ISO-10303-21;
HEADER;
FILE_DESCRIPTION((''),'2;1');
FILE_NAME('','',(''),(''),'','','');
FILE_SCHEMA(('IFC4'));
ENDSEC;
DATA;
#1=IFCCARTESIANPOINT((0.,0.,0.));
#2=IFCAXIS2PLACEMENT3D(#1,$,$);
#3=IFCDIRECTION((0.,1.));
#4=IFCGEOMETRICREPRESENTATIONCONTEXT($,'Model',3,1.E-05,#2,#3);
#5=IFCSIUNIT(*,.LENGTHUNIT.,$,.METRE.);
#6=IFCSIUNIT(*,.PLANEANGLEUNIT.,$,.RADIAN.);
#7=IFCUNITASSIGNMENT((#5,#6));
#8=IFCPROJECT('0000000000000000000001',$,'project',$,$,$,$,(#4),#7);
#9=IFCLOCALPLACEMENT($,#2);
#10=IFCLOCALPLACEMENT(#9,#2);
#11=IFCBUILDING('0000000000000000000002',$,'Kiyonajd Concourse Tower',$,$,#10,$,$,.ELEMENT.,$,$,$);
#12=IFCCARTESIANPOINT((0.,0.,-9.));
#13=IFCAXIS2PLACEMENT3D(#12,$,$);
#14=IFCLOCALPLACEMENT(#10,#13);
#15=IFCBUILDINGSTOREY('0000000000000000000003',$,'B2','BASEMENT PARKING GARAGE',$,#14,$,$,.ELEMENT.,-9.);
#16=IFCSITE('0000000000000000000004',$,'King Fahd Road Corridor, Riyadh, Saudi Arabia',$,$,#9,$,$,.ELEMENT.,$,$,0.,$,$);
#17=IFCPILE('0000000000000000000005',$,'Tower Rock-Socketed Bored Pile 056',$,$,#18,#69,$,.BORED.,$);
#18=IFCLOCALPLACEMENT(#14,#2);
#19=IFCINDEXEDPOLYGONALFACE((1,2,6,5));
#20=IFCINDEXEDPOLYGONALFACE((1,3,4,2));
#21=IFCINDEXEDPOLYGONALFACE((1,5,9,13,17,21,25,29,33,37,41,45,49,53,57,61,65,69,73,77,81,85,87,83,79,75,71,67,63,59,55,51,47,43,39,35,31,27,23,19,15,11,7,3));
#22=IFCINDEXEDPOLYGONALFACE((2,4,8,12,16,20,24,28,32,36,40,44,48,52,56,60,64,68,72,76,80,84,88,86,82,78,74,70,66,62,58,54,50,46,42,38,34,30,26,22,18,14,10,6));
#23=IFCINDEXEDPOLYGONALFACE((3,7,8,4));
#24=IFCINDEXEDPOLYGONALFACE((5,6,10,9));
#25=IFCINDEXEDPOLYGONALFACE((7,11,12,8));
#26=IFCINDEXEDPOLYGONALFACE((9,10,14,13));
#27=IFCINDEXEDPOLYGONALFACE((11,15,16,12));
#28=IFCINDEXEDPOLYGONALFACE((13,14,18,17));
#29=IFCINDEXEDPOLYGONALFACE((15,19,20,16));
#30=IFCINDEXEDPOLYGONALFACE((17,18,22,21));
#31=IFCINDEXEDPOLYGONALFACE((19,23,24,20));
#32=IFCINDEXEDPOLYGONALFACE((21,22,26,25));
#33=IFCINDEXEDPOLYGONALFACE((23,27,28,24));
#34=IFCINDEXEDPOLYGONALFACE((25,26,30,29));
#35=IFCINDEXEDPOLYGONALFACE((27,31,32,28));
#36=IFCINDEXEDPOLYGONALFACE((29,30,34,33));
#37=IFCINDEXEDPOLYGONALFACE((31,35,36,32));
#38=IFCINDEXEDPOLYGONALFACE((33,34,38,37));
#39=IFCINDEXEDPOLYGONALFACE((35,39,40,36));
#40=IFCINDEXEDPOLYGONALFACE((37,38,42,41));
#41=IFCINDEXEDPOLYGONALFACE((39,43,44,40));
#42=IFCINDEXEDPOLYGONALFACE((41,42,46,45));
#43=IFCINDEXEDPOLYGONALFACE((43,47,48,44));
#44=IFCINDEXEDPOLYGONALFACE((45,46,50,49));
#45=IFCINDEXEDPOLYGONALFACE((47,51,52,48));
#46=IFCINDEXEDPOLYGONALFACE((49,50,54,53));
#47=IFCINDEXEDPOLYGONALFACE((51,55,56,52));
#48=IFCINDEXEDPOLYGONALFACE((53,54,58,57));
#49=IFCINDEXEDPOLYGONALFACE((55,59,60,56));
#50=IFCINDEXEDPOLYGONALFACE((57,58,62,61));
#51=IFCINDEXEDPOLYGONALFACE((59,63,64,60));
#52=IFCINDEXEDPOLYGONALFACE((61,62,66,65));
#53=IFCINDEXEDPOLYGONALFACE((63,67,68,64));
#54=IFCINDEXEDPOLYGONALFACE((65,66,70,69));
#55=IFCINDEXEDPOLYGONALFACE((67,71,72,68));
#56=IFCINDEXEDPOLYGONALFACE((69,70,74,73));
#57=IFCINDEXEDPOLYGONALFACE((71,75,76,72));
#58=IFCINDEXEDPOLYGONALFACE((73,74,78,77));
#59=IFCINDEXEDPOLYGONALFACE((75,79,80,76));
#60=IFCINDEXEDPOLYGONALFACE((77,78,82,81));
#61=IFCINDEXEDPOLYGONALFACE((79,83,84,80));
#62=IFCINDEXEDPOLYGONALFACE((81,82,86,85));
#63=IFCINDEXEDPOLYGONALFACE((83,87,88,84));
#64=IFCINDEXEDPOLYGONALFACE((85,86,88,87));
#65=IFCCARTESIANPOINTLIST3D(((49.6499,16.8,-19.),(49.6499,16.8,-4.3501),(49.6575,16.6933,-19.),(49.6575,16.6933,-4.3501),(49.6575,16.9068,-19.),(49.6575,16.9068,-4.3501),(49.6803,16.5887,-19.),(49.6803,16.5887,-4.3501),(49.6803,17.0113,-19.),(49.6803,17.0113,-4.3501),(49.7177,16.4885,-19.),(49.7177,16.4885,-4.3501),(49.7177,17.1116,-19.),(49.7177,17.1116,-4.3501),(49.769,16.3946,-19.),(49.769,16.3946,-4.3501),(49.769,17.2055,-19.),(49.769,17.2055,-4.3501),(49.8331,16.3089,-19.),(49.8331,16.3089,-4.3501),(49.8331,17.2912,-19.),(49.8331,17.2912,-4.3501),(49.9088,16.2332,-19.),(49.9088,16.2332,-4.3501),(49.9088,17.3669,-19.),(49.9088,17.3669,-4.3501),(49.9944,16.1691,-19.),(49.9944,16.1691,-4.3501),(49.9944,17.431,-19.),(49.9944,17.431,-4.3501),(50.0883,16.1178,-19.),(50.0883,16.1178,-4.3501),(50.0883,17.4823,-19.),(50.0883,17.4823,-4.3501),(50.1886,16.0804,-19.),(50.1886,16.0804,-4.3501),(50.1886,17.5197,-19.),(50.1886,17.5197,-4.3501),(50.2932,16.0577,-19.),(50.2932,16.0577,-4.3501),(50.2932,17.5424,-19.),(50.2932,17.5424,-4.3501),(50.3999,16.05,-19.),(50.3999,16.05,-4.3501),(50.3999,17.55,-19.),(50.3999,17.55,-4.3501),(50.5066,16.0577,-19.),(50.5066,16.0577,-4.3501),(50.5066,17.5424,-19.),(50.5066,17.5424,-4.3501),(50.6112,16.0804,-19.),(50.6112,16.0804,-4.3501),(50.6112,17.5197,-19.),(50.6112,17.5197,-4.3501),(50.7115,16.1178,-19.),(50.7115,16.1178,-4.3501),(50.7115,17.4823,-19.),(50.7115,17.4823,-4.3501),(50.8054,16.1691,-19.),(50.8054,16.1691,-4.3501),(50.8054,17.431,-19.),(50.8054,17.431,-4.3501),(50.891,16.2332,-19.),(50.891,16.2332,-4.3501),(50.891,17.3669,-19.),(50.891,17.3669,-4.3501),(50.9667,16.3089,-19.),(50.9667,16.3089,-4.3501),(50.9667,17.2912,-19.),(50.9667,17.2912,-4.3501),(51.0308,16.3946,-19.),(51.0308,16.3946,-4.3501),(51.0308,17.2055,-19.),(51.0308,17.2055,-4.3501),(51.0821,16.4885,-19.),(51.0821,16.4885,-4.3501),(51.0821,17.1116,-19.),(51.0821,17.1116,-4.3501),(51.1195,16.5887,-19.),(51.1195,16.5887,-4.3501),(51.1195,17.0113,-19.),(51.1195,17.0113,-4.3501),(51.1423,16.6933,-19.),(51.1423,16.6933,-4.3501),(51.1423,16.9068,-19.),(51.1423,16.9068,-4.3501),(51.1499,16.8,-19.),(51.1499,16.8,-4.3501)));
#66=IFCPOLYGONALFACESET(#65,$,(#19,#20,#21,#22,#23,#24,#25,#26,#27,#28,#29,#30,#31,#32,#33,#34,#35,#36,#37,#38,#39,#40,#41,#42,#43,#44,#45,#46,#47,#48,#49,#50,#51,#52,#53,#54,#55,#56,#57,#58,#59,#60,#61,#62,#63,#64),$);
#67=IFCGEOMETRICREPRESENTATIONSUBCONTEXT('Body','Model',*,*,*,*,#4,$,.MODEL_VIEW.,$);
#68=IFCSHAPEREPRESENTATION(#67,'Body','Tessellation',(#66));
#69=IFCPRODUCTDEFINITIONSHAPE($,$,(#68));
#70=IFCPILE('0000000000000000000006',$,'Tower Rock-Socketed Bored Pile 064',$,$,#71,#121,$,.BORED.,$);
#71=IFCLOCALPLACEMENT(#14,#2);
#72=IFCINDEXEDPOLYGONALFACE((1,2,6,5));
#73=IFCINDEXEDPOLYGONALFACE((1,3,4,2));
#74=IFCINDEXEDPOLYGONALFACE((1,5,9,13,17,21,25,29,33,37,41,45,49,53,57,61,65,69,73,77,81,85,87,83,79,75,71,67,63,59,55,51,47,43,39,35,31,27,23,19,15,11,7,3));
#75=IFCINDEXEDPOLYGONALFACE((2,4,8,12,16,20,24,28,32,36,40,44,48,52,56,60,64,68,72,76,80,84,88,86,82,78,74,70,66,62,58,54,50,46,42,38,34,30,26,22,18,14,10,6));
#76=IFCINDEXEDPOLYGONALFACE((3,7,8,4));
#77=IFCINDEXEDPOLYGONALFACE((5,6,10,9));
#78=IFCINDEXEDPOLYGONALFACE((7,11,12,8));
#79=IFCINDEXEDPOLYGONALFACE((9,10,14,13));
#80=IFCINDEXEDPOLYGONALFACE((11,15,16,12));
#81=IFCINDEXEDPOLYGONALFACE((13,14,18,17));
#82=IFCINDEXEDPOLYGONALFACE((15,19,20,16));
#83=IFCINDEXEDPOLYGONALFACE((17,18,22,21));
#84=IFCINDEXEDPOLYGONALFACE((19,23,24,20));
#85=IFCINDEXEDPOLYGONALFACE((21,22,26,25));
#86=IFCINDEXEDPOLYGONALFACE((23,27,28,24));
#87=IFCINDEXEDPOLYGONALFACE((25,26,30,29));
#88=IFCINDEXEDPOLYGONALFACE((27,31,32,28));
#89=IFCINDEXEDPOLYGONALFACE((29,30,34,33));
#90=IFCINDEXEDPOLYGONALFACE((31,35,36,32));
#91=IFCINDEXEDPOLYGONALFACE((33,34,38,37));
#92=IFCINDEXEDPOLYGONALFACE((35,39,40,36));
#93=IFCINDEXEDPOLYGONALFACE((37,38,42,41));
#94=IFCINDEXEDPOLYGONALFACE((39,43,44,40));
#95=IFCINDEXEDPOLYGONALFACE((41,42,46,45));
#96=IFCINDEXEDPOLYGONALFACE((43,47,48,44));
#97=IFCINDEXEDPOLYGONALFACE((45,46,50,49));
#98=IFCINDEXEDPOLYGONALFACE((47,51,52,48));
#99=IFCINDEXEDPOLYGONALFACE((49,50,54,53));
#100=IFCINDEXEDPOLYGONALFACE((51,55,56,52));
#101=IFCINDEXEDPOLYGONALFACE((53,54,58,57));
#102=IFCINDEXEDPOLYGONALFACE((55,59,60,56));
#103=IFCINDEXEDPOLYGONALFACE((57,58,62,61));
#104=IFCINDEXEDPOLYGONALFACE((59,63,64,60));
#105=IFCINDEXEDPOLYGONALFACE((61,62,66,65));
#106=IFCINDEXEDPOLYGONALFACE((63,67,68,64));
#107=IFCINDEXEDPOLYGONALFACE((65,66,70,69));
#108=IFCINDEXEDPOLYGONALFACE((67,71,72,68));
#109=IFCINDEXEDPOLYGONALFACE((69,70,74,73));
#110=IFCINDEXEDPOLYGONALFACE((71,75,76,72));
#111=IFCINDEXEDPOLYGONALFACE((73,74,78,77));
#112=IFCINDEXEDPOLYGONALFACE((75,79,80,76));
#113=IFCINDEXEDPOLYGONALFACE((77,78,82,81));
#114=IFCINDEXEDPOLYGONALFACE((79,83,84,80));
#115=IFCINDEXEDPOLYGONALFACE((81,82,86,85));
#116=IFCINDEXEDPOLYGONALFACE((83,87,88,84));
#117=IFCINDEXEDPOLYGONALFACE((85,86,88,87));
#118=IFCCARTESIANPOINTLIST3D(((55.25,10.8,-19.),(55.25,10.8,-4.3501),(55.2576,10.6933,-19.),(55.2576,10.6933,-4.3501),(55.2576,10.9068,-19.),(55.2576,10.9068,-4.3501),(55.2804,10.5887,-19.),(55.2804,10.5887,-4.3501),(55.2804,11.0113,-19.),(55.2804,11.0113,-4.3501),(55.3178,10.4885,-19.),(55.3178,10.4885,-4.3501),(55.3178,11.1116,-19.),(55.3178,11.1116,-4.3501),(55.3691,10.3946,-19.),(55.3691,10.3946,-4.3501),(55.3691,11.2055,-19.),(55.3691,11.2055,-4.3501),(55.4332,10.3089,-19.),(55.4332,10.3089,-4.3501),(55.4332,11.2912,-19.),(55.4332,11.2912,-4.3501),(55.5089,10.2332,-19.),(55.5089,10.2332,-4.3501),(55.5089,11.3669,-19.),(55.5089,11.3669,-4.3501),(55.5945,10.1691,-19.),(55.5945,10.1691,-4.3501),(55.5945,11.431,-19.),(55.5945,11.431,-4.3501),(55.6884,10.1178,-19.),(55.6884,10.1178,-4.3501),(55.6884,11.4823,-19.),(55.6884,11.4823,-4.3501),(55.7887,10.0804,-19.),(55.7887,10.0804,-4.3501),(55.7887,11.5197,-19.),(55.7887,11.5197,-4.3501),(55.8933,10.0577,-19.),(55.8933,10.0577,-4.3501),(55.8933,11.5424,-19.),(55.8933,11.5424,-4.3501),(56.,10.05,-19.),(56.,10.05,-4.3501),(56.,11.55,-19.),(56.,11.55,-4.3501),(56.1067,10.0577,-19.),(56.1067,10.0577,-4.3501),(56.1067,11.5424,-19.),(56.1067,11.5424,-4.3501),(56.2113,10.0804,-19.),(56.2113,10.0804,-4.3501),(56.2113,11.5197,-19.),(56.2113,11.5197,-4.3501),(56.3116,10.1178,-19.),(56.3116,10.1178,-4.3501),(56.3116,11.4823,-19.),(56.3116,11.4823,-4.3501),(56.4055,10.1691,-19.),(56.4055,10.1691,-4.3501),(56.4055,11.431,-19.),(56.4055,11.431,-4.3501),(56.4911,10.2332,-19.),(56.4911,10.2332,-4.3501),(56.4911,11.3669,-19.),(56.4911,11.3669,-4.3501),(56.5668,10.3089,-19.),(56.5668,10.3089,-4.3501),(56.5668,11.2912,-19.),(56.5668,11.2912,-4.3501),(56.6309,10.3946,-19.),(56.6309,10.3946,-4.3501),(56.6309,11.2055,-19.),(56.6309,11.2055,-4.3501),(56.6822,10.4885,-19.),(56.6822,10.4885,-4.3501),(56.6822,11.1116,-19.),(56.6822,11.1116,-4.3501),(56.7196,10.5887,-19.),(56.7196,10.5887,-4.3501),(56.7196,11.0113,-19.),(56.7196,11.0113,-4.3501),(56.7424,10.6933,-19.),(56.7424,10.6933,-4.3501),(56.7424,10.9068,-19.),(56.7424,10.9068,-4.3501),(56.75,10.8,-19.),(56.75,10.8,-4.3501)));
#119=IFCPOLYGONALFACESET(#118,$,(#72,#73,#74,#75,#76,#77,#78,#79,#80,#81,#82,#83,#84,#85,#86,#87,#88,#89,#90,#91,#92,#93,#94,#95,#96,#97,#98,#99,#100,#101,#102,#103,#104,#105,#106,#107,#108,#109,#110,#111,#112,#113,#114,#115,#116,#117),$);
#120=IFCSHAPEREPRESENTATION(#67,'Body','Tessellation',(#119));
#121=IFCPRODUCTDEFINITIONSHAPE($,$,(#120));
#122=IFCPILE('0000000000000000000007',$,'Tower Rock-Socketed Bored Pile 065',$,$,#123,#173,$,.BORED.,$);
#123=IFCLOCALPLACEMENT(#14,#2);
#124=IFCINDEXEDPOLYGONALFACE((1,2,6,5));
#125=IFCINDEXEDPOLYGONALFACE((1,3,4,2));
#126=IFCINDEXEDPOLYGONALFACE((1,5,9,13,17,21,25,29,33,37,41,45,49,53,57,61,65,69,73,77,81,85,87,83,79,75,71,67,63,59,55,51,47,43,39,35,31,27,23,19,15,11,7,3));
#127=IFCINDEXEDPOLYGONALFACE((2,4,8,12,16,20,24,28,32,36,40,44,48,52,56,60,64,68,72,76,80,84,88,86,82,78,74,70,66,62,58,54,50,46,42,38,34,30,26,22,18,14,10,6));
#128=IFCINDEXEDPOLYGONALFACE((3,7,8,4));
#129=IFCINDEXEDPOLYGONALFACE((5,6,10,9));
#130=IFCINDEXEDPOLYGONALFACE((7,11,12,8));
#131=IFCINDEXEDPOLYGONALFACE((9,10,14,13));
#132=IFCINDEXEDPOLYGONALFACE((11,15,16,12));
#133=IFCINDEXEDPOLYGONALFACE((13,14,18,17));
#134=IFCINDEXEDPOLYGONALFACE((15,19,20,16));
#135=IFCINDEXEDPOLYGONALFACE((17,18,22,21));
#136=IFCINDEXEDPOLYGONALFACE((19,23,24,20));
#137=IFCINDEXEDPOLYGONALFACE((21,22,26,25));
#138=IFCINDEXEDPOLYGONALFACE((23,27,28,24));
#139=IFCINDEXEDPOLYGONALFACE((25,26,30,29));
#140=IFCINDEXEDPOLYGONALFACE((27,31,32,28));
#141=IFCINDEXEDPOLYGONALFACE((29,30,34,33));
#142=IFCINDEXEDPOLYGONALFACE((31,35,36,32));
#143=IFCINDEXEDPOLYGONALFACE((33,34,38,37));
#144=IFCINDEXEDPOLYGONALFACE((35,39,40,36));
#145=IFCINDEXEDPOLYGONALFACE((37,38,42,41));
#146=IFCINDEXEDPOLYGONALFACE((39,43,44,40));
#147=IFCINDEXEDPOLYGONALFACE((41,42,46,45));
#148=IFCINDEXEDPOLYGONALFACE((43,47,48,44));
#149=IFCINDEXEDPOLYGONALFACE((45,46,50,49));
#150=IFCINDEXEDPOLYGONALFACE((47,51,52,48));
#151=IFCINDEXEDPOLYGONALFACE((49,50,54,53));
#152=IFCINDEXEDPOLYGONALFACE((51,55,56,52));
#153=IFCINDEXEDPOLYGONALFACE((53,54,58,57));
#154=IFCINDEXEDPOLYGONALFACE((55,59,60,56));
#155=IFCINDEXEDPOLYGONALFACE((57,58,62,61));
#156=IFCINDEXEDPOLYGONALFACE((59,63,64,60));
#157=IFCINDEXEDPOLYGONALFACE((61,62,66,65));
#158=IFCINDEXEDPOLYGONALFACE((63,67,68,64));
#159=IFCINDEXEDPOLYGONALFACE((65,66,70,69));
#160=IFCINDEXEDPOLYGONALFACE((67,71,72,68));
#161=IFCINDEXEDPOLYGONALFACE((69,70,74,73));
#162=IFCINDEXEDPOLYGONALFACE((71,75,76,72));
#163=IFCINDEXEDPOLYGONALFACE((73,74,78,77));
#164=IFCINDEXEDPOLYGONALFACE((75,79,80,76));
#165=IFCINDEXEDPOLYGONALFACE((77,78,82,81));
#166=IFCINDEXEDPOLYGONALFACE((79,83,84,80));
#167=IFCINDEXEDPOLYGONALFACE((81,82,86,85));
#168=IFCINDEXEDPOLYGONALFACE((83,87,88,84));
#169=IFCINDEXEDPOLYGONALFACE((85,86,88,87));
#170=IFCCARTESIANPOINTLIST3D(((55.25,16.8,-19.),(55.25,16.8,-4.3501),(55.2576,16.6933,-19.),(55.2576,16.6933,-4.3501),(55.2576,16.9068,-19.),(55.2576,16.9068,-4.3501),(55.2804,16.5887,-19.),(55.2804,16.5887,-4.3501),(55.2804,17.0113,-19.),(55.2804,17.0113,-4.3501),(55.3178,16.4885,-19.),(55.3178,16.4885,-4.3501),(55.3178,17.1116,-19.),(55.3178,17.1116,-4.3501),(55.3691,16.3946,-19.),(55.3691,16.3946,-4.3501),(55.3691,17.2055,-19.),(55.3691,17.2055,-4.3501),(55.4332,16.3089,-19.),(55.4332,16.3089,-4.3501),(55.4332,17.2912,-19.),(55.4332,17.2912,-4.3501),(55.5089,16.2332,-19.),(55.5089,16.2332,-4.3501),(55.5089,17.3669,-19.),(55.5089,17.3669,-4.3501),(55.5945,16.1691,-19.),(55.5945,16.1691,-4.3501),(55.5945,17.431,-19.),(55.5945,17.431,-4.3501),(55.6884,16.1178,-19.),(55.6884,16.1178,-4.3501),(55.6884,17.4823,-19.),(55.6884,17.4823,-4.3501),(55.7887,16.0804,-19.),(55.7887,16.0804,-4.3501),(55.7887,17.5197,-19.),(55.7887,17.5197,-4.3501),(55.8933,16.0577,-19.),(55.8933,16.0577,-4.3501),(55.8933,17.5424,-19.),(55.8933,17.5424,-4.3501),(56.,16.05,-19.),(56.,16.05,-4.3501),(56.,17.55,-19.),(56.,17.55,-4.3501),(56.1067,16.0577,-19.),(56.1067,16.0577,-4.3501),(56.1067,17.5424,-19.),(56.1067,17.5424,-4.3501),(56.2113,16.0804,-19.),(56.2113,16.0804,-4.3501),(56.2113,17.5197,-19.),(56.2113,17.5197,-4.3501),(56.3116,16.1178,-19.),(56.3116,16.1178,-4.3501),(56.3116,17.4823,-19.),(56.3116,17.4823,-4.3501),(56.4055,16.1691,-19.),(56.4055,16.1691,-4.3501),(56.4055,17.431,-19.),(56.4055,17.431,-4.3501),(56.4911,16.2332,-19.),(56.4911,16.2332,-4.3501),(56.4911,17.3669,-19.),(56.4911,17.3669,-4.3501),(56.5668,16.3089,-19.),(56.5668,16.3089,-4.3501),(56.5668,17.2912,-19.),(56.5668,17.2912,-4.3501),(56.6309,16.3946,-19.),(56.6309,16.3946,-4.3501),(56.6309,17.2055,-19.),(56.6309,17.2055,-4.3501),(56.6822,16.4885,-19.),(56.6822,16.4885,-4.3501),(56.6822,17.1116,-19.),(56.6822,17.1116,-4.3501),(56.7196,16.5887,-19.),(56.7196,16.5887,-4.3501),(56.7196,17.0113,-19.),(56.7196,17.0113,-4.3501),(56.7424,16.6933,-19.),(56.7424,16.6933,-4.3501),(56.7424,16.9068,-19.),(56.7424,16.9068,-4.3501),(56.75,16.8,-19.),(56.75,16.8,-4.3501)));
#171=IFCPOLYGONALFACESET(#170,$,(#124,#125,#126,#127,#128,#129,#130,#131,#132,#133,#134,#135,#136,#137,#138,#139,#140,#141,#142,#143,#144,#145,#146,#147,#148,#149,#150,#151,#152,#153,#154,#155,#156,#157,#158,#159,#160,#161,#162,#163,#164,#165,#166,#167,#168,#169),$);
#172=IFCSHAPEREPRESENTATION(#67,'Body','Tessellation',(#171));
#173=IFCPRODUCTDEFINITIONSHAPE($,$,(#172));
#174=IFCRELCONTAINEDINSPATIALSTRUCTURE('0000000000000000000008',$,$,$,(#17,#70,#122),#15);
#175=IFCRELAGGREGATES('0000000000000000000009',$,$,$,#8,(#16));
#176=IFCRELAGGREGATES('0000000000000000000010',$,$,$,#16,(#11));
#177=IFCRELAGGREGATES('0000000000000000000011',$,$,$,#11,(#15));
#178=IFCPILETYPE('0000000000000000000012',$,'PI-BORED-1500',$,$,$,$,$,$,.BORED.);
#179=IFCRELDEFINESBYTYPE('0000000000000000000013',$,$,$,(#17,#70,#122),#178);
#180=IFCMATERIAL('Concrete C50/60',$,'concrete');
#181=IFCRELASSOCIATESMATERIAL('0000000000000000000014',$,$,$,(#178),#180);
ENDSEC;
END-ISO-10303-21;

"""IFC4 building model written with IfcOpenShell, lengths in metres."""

from ifc_helpers import new_model, si_unit, direction, frame, origin, origin_2d, place, context, subcontext, project, spatial, circle, extrude, material, material_profile, profile_set, type_object, element, save


model = new_model("IFC4")

# Units and contexts
model_context = context("Model", 3, precision=1e-05, world=origin(), true_north=direction((0.0, 1.0)))
body_context = subcontext(model_context, "Body", "Model", "MODEL_VIEW")
ifc_project = project(units=[si_unit("LENGTHUNIT", "METRE"), si_unit("PLANEANGLEUNIT", "RADIAN")], contexts=[model_context])

# Site, building, storey
site_placement = place(None, origin())
site = spatial("IfcSite", under=ifc_project, at=site_placement, Name="King Fahd Road Corridor, Riyadh, Saudi Arabia", CompositionType="ELEMENT", RefElevation=0.0)
building_placement = place(site_placement, origin())
building = spatial("IfcBuilding", under=site, at=building_placement, Name="Kiyonajd Concourse Tower", CompositionType="ELEMENT")
storey_placement = place(building_placement, frame((0.0, 0.0, -9.0)))
storey = spatial("IfcBuildingStorey", under=building, at=storey_placement, Name="B2", Description="BASEMENT PARKING GARAGE", CompositionType="ELEMENT", Elevation=-9.0)

# Shared definitions
ifc_material_1 = material(Name="Concrete C50/60", Category="concrete")

# Piles
ifc_material_profile_1 = material_profile(ifc_material_1, circle(Radius=0.75, at=origin_2d()), Name="PILE-D1500")
ifc_profile_set_1 = profile_set([ifc_material_profile_1], Name="Concrete C50/60")
pile_type_1 = type_object("IfcPileType", Name="PI-BORED-1500", PredefinedType="BORED", material=ifc_profile_set_1)
for number, where, z_axis, x_axis, name in (
    (1, (50.3999, 16.8, -4.3501), (0.0, 0.0, -1.0), (1.0, 0.0, 0.0), "Tower Rock-Socketed Bored Pile 056"),
    (2, (56.0, 10.8, -4.3501), (0.0, 0.0, -1.0), (1.0, 0.0, 0.0), "Tower Rock-Socketed Bored Pile 064"),
    (3, (56.0, 16.8, -4.3501), (0.0, 0.0, -1.0), (1.0, 0.0, 0.0), "Tower Rock-Socketed Bored Pile 065"),
):
    element("IfcPile", number, at=place(storey_placement, frame(where, z_axis=z_axis, x_axis=x_axis)), inside=storey, type_object=pile_type_1, Name=name, PredefinedType="BORED", context=body_context, shape_type="SweptSolid", body=[
        extrude(circle(Radius=0.75, at=origin_2d()), origin(), (0.0, 0.0, 1.0), 14.6499),
    ])

save(model, "model.ifc")
